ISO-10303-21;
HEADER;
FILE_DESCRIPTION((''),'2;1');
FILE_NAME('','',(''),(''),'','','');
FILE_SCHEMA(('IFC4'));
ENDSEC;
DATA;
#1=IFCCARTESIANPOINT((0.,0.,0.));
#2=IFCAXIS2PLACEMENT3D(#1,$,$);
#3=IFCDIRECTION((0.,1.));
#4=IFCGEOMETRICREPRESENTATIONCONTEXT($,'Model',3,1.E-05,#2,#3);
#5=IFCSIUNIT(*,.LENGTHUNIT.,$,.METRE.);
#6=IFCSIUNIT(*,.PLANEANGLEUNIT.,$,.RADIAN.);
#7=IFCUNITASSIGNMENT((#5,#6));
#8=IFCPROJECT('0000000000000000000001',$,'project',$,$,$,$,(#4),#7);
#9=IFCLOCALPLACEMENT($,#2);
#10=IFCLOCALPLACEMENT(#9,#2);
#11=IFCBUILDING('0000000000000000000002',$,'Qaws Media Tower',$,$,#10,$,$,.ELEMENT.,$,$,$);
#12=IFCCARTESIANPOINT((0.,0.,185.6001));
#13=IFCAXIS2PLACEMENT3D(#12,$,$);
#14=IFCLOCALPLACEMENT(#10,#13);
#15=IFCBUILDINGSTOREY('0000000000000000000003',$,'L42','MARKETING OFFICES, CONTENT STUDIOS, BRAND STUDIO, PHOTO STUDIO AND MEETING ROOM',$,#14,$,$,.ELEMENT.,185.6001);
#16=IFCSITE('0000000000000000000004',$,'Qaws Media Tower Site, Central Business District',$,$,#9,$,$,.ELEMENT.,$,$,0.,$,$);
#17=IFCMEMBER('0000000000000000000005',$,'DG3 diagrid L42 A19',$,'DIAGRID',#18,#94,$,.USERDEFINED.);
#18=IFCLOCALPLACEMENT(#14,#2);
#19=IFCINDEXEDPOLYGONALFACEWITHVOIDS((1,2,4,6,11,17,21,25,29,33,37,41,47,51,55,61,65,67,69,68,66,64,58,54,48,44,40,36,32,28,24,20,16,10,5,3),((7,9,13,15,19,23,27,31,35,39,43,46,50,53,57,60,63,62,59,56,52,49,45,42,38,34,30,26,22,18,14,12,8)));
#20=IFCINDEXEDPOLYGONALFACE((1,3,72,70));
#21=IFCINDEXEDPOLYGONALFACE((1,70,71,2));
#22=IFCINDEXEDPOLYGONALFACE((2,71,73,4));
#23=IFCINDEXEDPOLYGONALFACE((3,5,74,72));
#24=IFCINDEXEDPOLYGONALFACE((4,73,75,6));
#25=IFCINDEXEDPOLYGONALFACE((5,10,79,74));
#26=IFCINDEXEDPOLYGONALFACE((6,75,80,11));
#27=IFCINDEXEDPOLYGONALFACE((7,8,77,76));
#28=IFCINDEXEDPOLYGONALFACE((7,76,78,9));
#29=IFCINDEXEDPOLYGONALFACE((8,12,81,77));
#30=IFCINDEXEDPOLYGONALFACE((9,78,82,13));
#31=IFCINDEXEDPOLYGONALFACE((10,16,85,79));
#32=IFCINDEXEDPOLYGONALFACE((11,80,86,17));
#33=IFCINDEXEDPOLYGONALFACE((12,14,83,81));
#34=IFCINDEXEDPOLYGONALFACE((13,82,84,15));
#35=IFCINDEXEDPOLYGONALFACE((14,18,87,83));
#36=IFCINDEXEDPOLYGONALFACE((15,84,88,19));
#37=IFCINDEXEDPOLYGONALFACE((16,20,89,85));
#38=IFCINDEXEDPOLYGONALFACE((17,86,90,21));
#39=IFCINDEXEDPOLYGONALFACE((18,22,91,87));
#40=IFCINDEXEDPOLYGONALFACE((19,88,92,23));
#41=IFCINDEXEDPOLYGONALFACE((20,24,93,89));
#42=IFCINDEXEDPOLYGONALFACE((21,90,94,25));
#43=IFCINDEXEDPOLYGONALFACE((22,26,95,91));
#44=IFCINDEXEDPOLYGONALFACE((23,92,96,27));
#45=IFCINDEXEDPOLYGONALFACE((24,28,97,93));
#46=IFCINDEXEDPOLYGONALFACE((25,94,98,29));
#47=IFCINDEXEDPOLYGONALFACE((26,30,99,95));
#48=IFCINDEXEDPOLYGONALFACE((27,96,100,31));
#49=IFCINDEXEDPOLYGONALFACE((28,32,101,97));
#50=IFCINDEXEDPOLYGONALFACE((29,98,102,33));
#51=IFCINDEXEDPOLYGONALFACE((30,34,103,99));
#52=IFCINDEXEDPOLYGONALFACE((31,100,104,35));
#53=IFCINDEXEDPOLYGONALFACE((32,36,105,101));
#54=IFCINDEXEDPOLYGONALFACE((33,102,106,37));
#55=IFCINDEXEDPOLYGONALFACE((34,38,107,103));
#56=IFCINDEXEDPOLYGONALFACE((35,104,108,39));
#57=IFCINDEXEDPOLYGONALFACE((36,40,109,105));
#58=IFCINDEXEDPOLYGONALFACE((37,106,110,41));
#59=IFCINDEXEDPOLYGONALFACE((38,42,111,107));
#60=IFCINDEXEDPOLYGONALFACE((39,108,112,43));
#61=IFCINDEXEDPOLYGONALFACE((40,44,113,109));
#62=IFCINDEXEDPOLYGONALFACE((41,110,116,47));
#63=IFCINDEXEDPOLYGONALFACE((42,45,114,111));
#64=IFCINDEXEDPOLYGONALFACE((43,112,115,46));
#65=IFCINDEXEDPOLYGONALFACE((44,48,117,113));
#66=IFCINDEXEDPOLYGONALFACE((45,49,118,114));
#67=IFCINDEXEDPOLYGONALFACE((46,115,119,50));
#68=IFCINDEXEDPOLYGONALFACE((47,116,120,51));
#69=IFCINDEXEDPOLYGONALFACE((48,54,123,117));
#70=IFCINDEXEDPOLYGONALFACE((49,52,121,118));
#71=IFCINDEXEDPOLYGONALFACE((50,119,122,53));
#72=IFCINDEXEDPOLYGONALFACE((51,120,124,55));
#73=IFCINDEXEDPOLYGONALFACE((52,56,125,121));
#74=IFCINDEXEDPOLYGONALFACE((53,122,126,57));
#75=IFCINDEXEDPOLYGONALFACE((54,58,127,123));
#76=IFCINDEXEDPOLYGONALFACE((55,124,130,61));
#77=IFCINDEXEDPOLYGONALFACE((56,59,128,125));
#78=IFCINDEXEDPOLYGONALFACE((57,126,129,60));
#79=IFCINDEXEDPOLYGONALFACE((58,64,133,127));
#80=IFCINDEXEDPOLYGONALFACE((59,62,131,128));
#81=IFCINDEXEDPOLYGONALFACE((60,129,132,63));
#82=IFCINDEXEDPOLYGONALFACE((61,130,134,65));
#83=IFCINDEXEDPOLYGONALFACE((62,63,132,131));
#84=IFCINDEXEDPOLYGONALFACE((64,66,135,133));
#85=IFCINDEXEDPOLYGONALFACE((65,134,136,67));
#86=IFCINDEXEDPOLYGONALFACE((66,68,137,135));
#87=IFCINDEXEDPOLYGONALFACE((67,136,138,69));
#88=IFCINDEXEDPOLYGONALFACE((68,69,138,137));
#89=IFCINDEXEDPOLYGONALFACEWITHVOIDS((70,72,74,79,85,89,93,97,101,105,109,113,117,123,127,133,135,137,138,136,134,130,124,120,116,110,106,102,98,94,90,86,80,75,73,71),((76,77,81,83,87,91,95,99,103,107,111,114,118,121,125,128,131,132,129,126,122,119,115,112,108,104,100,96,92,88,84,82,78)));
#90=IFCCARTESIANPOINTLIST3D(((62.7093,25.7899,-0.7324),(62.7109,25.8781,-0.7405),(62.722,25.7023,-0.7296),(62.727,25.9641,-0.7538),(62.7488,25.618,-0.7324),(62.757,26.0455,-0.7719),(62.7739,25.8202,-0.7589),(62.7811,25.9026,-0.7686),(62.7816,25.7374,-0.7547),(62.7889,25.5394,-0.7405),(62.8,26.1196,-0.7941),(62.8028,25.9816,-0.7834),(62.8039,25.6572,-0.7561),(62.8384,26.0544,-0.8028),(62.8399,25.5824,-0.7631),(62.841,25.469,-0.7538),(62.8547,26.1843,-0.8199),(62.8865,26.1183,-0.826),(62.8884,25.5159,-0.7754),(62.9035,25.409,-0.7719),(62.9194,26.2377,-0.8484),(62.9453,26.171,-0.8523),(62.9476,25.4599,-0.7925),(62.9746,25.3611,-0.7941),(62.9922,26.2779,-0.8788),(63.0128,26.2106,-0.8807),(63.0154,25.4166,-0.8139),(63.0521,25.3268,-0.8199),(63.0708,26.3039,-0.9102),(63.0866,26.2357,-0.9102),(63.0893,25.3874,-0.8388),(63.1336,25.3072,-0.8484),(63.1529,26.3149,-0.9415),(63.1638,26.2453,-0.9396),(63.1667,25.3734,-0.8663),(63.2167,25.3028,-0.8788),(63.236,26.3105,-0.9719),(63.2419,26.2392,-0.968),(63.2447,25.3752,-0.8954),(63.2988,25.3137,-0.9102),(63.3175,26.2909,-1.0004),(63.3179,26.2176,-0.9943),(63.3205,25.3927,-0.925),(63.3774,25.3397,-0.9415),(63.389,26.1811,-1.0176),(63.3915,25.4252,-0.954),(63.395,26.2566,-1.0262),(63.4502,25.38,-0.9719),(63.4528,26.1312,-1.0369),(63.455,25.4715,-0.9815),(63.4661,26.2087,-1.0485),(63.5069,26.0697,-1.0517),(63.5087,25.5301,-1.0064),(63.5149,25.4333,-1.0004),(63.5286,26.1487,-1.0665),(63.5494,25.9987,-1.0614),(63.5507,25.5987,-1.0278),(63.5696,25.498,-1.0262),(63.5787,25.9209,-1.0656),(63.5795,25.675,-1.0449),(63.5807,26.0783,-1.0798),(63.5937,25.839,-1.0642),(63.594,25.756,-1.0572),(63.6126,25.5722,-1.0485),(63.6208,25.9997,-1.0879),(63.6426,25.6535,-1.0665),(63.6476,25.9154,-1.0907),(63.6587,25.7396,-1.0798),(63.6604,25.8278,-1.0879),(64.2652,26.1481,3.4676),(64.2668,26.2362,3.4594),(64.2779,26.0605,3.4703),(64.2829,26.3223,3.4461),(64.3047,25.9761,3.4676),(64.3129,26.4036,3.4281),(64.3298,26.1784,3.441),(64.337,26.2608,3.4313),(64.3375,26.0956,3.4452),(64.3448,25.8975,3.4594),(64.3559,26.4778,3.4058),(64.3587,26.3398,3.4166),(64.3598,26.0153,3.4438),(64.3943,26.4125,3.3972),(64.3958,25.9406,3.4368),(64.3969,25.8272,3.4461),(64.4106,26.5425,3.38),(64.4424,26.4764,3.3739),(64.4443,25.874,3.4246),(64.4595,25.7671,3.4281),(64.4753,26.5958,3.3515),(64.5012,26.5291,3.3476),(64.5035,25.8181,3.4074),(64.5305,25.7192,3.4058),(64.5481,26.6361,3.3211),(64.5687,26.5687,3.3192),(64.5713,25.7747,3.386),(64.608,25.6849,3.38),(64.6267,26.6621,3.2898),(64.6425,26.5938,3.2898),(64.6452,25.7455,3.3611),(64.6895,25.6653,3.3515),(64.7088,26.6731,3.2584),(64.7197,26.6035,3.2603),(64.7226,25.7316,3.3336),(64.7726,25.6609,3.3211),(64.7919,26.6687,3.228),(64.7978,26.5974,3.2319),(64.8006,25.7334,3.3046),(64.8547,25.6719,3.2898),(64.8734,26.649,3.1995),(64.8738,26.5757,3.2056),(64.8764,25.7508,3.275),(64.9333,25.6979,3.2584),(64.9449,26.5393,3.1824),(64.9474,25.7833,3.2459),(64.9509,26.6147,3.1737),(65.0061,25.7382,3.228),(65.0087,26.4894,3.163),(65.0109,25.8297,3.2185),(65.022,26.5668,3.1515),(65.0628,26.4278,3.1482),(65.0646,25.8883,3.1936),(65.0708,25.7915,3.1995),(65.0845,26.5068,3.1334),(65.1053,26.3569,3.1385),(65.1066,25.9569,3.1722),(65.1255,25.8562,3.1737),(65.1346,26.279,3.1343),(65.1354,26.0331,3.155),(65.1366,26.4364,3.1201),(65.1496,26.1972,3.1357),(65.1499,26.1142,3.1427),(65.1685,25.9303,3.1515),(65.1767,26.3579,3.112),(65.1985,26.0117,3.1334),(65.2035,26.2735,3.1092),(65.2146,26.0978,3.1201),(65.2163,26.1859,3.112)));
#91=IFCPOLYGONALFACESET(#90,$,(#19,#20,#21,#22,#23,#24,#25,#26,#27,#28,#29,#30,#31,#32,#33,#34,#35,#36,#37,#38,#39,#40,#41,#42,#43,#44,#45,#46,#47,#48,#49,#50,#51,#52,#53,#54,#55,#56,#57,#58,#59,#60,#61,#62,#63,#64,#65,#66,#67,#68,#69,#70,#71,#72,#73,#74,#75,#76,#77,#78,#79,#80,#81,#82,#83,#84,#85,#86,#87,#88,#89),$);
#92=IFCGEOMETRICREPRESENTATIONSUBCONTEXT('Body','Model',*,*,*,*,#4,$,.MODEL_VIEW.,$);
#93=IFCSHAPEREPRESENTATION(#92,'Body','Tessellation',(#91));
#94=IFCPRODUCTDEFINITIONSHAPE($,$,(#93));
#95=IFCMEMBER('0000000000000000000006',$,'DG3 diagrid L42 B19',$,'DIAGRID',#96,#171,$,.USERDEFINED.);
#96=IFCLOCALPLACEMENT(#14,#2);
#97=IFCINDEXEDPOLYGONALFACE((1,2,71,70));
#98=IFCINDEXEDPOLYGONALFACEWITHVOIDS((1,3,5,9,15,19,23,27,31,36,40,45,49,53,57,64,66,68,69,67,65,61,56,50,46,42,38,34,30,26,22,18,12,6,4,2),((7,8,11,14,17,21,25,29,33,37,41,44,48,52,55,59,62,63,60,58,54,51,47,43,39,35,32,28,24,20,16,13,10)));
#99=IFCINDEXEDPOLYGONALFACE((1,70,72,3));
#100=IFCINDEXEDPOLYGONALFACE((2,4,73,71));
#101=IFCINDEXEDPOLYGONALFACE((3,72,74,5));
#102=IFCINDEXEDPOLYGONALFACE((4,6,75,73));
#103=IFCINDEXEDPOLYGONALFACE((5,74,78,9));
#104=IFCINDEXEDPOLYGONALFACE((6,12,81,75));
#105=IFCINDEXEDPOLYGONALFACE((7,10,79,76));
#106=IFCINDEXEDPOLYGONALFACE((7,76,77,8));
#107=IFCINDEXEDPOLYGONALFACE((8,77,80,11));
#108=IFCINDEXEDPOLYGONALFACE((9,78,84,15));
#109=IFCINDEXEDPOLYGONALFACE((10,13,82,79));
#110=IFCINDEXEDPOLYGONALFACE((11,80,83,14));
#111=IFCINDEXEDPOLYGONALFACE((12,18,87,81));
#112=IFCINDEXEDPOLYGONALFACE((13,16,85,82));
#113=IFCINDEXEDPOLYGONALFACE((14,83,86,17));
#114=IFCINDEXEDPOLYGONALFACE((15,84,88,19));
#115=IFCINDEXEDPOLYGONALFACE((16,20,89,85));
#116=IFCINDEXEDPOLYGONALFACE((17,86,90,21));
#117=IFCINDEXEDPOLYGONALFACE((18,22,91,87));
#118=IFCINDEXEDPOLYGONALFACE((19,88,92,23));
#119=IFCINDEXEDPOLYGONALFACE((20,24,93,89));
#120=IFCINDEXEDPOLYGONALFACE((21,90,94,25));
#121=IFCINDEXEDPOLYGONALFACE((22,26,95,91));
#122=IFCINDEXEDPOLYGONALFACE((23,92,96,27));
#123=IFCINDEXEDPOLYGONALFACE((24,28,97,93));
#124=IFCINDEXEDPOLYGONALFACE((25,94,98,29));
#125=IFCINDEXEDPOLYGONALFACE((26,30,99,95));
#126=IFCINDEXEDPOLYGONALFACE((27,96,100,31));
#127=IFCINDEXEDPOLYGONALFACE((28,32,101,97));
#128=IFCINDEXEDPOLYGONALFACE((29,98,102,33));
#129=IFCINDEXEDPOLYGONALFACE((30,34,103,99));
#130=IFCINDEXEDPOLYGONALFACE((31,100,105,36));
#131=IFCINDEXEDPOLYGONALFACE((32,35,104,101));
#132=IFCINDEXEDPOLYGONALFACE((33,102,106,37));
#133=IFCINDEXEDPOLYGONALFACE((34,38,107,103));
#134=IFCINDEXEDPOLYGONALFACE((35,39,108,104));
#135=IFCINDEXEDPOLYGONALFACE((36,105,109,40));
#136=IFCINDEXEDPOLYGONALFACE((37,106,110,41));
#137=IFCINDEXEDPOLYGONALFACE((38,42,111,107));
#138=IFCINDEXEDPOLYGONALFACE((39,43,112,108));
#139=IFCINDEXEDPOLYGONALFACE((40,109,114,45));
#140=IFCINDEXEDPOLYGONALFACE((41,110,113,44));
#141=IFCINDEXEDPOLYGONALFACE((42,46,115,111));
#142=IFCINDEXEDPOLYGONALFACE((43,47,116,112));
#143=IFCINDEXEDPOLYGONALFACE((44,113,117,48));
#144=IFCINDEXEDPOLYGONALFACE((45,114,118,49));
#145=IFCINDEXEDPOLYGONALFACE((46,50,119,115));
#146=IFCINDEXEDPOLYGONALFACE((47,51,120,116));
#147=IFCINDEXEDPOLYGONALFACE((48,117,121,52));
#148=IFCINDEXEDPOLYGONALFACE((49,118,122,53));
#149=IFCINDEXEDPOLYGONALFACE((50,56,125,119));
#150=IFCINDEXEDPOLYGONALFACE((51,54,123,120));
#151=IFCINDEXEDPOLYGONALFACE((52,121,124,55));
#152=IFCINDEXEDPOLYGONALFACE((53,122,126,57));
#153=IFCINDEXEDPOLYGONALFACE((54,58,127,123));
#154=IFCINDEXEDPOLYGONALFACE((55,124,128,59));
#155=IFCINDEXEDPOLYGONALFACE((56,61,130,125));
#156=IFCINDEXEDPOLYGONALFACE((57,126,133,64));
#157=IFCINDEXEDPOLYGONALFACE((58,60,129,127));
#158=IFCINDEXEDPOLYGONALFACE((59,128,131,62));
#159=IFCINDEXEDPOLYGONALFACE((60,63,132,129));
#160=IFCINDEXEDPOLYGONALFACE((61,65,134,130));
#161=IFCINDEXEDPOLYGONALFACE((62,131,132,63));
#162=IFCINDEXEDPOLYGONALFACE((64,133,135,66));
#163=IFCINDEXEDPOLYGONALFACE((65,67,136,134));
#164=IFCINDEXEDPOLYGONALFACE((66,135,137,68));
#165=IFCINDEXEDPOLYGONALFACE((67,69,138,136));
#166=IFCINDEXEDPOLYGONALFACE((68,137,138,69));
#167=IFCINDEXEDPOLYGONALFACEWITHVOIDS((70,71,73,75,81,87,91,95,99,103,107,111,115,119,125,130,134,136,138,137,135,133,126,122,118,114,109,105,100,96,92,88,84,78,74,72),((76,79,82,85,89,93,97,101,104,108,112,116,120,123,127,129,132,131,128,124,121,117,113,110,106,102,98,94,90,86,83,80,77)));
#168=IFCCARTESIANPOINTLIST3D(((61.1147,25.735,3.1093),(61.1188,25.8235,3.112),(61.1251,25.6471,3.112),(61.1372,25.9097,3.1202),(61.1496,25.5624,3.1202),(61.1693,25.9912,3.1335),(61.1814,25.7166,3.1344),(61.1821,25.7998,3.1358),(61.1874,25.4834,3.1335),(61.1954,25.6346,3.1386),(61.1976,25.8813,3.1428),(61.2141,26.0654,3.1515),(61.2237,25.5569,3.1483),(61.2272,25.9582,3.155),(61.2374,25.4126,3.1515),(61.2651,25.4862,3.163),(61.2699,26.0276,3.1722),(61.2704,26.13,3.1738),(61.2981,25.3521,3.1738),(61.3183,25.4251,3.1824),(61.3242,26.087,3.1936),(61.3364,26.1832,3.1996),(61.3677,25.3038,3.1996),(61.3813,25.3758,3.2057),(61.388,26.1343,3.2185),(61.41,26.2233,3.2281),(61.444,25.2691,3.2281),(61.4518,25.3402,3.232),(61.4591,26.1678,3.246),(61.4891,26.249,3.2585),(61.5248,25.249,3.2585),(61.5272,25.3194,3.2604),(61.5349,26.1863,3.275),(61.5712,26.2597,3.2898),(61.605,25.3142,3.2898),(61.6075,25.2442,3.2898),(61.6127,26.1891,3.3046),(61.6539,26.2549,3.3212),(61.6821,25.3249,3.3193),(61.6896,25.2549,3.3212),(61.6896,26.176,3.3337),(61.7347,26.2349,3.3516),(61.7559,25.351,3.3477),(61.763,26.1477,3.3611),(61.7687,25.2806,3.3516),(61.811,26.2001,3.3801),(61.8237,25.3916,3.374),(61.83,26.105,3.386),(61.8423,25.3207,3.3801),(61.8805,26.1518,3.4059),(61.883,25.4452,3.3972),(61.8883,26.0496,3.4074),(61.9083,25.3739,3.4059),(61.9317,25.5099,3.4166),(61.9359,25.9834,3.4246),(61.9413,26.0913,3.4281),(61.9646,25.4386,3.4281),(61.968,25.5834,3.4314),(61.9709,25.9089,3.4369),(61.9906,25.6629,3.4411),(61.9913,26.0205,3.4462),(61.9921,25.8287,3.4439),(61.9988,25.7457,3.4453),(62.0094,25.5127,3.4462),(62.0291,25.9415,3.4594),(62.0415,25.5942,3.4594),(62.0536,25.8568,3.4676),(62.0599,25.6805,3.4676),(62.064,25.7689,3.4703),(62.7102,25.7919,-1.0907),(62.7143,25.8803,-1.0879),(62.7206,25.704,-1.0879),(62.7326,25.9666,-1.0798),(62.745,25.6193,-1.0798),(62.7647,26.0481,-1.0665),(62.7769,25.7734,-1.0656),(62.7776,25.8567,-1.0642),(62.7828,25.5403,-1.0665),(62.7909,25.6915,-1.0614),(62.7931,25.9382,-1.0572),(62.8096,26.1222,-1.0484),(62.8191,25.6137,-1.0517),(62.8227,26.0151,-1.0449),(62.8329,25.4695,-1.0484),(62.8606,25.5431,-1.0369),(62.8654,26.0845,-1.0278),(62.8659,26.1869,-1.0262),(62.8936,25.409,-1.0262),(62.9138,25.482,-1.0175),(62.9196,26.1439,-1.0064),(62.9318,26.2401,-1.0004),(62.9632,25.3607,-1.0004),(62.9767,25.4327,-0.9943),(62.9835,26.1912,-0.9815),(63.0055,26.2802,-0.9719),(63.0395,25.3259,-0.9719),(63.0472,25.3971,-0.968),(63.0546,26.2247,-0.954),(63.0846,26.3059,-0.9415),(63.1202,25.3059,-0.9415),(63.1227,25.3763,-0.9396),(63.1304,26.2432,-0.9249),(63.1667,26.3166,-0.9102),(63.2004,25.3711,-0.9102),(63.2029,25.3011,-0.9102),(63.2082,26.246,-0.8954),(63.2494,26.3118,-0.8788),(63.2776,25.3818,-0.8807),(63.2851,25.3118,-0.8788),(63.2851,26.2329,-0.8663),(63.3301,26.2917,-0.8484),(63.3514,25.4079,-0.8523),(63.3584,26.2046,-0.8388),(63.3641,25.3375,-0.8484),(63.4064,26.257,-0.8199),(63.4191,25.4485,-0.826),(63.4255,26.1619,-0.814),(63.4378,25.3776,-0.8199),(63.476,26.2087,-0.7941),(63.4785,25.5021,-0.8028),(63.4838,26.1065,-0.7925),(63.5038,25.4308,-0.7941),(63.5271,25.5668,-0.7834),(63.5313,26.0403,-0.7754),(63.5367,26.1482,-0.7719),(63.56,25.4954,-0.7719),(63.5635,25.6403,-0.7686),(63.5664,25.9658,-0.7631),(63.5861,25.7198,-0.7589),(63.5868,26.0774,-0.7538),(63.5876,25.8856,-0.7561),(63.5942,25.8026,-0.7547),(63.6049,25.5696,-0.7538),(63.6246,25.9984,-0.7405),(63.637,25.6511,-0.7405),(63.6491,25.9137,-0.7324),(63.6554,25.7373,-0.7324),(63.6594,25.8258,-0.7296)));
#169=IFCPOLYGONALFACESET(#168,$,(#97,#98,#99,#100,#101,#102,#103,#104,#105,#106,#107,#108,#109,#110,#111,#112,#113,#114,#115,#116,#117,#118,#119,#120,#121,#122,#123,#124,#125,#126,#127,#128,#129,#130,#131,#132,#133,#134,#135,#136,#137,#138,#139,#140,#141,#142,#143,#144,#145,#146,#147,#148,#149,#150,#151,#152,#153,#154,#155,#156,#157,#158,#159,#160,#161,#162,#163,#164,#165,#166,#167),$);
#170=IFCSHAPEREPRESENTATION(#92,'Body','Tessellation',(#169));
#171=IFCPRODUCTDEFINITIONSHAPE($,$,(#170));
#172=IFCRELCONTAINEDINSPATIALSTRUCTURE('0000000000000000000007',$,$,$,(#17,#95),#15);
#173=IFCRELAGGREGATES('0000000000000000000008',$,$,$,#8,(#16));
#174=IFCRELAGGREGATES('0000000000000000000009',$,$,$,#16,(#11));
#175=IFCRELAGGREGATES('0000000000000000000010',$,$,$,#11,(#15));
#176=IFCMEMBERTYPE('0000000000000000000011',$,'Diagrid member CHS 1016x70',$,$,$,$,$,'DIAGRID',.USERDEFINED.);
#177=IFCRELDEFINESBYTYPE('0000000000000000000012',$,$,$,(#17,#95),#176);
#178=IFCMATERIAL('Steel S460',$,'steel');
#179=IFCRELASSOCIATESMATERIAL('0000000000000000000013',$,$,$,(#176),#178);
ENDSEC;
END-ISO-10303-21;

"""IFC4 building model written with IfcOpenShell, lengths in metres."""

from ifc_helpers import new_model, si_unit, direction, frame, origin, origin_2d, place, context, subcontext, project, spatial, hollow_circle, extrude, material, material_profile, profile_set, type_object, element, save


model = new_model("IFC4")

# Units and contexts
model_context = context("Model", 3, precision=1e-05, world=origin(), true_north=direction((0.0, 1.0)))
body_context = subcontext(model_context, "Body", "Model", "MODEL_VIEW")
ifc_project = project(units=[si_unit("LENGTHUNIT", "METRE"), si_unit("PLANEANGLEUNIT", "RADIAN")], contexts=[model_context])

# Site, building, storey
site_placement = place(None, origin())
site = spatial("IfcSite", under=ifc_project, at=site_placement, Name="Qaws Media Tower Site, Central Business District", CompositionType="ELEMENT", RefElevation=0.0)
building_placement = place(site_placement, origin())
building = spatial("IfcBuilding", under=site, at=building_placement, Name="Qaws Media Tower", CompositionType="ELEMENT")
storey_placement = place(building_placement, frame((0.0, 0.0, 185.6001)))
storey = spatial("IfcBuildingStorey", under=building, at=storey_placement, Name="L42", Description="MARKETING OFFICES, CONTENT STUDIOS, BRAND STUDIO, PHOTO STUDIO AND MEETING ROOM", CompositionType="ELEMENT", Elevation=185.6001)

# Members
ifc_material_1 = material(Name="Steel S460", Category="steel")
ifc_material_profile_1 = material_profile(ifc_material_1, hollow_circle(Radius=0.5081, WallThickness=0.0701, at=origin_2d()), Name="CHS 1016x70")
ifc_profile_set_1 = profile_set([ifc_material_profile_1], Name="Steel S460")
member_type_1 = type_object("IfcMemberType", Name="Diagrid member CHS 1016x70", ElementType="DIAGRID", PredefinedType="USERDEFINED", material=ifc_profile_set_1)
for number, where, z_axis, x_axis, name in (
    (1, (63.1848, 25.8088, -0.9102), (0.346282, 0.079711, 0.934738), (-0.224323, 0.974515, 0.0), "DG3 diagrid L42 A19"),
    (2, (63.1848, 25.8088, -0.9102), (-0.355088, -0.01266, 0.934747), (0.035632, -0.999365, 0.0), "DG3 diagrid L42 B19"),
):
    element("IfcMember", number, at=place(storey_placement, frame(where, z_axis=z_axis, x_axis=x_axis)), inside=storey, type_object=member_type_1, Name=name, ObjectType="DIAGRID", PredefinedType="USERDEFINED", context=body_context, shape_type="SweptSolid", body=[
        extrude(hollow_circle(Radius=0.5081, WallThickness=0.0701, at=origin_2d()), origin(), (0.0, 0.0, 1.0), 4.4932),
    ])

save(model, "model.ifc")
